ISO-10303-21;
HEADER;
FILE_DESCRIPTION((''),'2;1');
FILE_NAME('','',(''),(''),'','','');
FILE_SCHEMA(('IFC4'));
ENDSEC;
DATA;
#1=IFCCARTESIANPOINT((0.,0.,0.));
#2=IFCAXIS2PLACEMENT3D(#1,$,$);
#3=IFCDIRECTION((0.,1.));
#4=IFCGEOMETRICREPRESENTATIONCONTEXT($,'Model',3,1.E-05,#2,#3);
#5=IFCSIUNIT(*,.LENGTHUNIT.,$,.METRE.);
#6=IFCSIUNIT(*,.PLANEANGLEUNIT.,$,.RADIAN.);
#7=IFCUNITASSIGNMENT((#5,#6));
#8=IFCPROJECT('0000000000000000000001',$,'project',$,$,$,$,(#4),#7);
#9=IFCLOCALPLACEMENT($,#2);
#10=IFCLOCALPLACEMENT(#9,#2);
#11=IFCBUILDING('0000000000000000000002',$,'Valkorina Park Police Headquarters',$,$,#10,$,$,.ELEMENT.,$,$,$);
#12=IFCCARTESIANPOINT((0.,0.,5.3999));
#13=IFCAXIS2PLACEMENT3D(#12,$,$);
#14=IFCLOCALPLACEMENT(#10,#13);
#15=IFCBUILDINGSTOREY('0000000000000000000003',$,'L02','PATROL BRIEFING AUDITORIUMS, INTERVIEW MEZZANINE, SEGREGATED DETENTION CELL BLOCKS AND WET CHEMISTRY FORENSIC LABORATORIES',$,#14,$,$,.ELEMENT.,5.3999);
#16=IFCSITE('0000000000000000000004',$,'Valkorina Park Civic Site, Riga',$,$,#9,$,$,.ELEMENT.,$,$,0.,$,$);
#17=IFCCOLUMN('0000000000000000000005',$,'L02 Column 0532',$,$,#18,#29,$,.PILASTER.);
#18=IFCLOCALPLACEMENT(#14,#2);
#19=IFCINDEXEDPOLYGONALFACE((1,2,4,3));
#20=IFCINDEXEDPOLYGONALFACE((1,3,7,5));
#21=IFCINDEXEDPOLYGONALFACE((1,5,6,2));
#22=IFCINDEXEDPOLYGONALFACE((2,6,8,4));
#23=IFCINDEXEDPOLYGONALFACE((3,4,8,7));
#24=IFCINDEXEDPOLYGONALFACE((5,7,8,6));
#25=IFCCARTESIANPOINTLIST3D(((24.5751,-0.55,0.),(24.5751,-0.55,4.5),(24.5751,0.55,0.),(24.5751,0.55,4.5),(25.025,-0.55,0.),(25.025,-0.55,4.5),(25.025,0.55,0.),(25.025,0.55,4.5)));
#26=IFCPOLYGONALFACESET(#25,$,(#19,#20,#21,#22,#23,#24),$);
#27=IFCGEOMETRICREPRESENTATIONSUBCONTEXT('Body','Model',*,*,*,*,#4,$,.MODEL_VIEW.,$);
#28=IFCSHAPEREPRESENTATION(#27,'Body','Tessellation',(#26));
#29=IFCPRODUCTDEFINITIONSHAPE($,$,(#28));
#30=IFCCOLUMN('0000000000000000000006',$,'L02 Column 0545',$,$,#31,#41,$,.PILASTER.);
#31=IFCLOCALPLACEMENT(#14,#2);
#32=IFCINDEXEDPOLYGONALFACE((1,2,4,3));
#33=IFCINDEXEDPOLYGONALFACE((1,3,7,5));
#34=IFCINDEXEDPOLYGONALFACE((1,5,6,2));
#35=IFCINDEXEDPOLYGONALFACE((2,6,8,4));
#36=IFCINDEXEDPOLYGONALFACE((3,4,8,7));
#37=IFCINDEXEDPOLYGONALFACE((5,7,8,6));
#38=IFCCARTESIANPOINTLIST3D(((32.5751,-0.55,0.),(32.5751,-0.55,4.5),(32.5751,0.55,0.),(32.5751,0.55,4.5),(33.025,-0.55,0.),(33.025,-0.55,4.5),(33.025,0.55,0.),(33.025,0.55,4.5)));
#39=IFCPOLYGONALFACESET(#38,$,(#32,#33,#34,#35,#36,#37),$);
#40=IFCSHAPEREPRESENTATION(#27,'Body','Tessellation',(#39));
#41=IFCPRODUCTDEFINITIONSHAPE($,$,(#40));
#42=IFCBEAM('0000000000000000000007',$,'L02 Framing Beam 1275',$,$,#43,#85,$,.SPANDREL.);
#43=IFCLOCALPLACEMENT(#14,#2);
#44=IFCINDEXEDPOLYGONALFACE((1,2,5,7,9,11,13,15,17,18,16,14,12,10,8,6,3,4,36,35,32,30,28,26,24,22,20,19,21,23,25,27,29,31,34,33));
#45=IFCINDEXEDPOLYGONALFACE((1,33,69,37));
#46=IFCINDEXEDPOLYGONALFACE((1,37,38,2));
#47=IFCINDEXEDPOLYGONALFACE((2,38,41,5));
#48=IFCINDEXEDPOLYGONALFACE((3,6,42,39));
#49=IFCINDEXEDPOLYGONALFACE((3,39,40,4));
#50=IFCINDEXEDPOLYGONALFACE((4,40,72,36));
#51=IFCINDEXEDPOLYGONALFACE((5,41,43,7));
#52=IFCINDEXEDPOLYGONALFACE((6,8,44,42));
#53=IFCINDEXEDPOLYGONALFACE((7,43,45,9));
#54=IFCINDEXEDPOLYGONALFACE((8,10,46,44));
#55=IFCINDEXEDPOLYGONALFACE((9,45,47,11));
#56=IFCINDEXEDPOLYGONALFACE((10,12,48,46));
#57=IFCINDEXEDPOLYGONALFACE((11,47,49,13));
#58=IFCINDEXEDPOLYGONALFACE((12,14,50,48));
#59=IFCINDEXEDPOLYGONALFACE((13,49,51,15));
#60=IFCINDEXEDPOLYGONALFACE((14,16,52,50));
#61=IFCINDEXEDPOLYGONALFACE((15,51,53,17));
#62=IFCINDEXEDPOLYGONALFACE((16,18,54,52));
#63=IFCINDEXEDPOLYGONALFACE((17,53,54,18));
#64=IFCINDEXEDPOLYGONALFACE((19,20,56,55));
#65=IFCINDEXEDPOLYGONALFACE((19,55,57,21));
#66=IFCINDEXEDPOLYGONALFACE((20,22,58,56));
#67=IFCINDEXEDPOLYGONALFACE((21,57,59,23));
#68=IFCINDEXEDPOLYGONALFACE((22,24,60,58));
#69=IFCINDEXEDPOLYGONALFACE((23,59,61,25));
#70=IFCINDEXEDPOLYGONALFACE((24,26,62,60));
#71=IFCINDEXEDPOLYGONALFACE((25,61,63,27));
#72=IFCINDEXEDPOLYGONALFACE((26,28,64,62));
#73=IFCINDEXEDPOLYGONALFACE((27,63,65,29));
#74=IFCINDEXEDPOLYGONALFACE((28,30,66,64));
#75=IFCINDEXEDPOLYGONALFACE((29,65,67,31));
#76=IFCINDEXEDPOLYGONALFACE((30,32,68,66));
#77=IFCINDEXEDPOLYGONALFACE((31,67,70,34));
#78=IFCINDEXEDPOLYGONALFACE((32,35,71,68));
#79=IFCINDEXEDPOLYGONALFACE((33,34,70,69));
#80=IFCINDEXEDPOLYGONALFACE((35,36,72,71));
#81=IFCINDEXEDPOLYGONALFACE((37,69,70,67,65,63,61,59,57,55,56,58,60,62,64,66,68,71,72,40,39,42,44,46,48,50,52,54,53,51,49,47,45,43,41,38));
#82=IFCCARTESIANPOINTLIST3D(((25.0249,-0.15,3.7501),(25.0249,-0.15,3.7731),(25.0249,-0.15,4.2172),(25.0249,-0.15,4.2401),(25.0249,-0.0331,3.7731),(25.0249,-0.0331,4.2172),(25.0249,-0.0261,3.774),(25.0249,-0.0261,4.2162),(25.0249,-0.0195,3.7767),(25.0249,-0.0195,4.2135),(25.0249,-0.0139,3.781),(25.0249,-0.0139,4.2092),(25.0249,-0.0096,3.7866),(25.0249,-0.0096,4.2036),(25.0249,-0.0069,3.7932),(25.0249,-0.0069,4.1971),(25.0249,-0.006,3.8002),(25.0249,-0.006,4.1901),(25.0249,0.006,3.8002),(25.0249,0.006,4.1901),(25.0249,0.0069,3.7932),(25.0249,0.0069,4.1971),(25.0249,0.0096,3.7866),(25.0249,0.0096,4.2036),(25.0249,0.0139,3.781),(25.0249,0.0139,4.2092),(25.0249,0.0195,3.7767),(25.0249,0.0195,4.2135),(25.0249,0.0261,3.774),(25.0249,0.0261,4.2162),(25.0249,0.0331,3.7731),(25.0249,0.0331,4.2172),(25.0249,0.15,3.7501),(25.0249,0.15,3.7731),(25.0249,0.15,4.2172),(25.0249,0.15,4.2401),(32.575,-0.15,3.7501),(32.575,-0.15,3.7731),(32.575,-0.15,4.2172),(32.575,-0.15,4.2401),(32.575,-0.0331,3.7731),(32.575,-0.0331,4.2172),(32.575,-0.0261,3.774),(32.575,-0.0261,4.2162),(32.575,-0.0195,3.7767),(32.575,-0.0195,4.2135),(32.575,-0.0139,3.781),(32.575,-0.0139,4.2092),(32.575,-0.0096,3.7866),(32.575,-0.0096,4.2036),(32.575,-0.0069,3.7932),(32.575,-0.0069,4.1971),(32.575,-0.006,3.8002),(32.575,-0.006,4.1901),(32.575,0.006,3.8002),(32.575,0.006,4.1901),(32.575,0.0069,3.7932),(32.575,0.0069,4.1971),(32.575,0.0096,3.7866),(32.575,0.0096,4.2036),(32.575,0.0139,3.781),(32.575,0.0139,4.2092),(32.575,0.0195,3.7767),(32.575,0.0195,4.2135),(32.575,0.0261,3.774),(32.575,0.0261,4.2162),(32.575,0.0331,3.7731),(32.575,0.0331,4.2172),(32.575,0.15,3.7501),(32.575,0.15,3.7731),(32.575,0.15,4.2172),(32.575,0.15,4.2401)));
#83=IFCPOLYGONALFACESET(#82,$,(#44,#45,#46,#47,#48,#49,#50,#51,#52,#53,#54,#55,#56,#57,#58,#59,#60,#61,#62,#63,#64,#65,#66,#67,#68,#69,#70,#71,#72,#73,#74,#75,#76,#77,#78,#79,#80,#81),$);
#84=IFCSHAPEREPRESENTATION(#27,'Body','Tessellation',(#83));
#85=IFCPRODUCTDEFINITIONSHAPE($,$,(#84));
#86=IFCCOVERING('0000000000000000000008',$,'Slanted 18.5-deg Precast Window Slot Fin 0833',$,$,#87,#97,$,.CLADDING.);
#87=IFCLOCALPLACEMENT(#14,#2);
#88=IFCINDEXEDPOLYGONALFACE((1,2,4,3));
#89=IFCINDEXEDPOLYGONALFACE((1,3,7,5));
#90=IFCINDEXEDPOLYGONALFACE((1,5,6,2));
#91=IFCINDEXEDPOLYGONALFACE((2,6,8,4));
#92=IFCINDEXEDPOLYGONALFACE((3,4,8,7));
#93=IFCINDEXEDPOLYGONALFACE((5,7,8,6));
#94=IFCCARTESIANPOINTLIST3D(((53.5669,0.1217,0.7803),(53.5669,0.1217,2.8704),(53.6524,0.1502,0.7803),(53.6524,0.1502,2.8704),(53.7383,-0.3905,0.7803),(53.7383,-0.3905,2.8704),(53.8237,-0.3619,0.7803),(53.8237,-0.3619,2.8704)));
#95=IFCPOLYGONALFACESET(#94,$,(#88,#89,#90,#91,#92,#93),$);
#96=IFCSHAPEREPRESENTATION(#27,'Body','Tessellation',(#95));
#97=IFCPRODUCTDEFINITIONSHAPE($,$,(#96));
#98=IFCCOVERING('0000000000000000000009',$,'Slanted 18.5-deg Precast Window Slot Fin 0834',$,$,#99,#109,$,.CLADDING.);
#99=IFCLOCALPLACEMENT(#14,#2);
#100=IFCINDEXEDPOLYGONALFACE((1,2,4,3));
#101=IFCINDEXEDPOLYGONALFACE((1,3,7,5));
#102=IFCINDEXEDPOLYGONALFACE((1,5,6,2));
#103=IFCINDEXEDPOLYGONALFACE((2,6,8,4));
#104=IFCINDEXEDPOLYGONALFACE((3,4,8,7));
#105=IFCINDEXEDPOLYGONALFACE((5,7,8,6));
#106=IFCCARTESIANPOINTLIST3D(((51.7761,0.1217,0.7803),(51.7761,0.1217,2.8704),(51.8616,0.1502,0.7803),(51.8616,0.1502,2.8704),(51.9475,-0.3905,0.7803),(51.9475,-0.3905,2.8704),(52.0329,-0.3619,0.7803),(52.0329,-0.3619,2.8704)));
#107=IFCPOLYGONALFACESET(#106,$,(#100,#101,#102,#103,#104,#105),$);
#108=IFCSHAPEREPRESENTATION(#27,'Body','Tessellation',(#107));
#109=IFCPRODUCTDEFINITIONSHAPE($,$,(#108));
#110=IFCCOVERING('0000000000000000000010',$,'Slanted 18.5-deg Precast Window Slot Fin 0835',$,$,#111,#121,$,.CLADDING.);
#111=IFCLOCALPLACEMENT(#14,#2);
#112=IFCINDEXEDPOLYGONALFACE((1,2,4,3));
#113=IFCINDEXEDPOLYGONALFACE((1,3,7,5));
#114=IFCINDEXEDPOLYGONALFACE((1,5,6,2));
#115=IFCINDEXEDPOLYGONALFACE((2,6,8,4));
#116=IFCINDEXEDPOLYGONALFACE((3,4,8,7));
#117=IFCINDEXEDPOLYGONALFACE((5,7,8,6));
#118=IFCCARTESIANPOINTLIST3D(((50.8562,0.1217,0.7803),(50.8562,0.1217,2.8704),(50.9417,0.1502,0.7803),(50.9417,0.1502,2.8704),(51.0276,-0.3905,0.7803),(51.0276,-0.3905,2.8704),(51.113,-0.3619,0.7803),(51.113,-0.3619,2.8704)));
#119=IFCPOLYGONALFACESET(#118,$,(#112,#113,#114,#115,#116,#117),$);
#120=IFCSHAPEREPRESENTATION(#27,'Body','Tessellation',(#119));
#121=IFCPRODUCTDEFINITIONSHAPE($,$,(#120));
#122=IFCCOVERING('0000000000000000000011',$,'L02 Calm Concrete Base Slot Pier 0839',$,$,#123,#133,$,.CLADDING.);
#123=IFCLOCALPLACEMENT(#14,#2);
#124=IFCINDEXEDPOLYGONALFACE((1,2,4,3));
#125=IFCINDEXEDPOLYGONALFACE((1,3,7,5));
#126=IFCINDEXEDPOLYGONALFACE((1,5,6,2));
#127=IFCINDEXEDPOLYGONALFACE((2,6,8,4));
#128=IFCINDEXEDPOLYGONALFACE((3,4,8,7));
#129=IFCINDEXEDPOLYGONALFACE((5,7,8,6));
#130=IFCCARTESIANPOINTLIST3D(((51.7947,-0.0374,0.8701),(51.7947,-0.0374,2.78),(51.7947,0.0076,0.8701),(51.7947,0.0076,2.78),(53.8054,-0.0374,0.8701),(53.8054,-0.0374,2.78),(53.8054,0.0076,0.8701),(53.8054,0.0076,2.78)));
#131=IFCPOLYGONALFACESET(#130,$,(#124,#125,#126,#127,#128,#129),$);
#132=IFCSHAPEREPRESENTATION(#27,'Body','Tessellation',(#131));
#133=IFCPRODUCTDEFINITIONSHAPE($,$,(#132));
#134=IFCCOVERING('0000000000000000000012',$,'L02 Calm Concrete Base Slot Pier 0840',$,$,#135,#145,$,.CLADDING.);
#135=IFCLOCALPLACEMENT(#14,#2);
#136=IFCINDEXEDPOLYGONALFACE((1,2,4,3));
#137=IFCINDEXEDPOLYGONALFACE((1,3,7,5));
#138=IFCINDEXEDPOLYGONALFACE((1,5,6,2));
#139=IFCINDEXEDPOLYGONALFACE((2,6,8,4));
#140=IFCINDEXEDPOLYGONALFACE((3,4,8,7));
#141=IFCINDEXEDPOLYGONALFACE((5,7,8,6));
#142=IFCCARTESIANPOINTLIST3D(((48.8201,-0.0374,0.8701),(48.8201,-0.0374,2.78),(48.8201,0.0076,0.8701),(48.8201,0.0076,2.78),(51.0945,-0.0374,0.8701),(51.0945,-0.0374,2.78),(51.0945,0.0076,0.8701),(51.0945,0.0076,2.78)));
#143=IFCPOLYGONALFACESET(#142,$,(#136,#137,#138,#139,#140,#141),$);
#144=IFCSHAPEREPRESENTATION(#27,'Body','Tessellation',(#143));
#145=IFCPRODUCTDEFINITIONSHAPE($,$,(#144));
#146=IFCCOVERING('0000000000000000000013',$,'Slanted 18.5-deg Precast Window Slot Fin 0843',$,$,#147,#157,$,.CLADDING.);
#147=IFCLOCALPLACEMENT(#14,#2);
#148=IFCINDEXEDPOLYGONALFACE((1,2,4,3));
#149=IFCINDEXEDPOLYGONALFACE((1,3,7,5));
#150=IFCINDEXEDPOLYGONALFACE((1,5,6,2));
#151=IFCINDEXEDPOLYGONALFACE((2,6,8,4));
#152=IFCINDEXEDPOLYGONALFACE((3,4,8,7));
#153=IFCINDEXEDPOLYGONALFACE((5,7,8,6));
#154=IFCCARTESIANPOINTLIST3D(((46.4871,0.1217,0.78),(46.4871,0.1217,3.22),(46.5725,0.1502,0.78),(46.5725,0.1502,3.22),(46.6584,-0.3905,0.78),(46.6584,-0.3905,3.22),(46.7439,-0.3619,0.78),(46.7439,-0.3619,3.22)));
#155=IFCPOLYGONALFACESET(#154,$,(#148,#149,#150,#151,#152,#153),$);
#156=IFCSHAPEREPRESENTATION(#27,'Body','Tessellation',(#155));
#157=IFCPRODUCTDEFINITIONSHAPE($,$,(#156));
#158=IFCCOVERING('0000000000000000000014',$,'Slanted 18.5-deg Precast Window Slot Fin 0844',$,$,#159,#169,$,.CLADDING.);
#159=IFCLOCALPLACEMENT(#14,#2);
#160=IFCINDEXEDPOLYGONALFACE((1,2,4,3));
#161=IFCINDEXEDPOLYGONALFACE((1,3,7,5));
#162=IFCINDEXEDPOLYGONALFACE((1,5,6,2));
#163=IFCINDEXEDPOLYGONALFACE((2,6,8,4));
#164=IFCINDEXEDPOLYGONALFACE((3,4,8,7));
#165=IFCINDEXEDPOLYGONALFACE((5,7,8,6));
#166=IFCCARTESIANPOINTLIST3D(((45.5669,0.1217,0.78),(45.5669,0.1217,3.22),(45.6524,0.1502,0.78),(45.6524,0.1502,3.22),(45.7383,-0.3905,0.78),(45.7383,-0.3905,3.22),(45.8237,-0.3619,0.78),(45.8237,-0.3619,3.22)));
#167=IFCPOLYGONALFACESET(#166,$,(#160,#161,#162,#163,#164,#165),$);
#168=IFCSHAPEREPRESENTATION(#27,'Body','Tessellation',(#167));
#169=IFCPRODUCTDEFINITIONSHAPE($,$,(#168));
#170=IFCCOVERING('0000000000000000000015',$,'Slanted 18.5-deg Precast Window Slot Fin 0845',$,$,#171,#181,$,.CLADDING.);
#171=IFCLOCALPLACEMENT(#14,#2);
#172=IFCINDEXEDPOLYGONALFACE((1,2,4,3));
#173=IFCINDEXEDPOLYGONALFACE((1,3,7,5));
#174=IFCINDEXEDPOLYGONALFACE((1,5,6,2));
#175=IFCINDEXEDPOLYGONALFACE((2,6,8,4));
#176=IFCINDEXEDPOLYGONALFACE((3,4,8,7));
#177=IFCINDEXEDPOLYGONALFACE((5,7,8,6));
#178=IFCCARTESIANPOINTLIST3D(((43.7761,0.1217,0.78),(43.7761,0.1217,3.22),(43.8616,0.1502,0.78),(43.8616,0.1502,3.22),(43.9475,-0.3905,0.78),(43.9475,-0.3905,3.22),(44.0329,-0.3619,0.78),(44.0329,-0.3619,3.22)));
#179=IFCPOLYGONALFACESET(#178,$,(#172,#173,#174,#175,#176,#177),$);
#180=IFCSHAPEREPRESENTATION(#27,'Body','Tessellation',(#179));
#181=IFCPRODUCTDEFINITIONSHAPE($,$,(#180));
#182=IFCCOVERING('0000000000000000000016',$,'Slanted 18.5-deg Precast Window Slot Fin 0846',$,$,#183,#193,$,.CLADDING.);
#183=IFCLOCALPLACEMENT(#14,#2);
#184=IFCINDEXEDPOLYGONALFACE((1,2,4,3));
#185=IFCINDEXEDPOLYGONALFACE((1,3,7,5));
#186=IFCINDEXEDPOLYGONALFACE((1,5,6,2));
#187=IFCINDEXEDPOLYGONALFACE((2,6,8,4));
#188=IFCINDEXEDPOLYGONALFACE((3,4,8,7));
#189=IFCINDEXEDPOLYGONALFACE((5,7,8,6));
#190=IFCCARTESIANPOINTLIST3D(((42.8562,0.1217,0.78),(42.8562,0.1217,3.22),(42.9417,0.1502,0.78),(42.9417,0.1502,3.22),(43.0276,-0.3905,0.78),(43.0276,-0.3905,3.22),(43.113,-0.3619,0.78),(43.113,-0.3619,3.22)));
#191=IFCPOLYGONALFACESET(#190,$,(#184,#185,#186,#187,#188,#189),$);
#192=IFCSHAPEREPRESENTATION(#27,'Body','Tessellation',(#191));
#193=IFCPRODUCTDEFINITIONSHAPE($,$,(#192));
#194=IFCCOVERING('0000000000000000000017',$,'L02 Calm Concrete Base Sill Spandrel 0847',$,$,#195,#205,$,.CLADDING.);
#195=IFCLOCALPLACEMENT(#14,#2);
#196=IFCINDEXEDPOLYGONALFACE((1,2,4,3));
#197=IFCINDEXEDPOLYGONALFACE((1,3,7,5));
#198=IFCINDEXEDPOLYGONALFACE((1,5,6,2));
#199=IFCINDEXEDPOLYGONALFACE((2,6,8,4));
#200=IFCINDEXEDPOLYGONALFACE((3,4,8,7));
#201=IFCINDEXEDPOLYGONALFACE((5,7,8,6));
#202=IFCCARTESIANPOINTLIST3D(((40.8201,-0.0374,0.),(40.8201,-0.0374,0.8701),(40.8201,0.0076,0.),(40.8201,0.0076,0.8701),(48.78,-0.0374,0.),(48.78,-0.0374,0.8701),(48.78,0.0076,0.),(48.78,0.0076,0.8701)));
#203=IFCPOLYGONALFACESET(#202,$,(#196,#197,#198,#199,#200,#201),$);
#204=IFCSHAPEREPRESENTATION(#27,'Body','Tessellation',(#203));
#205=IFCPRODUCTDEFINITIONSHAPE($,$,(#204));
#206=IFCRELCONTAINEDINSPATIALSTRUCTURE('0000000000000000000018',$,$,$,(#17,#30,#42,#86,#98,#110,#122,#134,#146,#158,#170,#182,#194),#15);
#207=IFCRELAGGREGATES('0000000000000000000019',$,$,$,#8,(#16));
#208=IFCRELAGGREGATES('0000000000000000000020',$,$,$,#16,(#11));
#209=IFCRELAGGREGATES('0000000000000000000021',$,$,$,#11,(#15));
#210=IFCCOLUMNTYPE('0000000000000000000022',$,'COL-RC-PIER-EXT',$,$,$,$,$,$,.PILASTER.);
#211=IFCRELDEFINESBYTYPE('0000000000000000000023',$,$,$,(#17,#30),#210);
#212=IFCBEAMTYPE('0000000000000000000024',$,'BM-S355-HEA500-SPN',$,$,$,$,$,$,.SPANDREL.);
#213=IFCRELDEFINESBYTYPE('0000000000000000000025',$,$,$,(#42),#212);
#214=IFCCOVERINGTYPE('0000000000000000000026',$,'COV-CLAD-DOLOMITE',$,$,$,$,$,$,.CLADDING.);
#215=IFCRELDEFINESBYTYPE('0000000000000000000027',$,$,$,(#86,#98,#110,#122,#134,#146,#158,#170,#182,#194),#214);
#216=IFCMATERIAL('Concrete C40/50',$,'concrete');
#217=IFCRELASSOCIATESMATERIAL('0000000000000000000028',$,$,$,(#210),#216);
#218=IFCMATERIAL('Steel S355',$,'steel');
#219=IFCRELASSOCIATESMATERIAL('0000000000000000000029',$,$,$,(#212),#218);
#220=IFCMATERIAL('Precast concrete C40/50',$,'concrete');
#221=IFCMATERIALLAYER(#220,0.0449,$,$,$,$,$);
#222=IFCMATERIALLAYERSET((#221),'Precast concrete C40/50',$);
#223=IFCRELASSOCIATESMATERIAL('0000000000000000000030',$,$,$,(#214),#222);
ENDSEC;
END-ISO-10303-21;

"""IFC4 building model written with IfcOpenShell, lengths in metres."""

from ifc_helpers import new_model, si_unit, direction, frame, frame_2d, origin, origin_2d, place, context, subcontext, project, spatial, rectangle, i_section, extrude, material, layer, layer_set, material_profile, profile_set, type_object, element, save


model = new_model("IFC4")

# Units and contexts
model_context = context("Model", 3, precision=1e-05, world=origin(), true_north=direction((0.0, 1.0)))
body_context = subcontext(model_context, "Body", "Model", "MODEL_VIEW")
ifc_project = project(units=[si_unit("LENGTHUNIT", "METRE"), si_unit("PLANEANGLEUNIT", "RADIAN")], contexts=[model_context])

# Site, building, storey
site_placement = place(None, origin())
site = spatial("IfcSite", under=ifc_project, at=site_placement, Name="Valkorina Park Civic Site, Riga", CompositionType="ELEMENT", RefElevation=0.0)
building_placement = place(site_placement, origin())
building = spatial("IfcBuilding", under=site, at=building_placement, Name="Valkorina Park Police Headquarters", CompositionType="ELEMENT")
storey_placement = place(building_placement, frame((0.0, 0.0, 5.3999)))
storey = spatial("IfcBuildingStorey", under=building, at=storey_placement, Name="L02", Description="PATROL BRIEFING AUDITORIUMS, INTERVIEW MEZZANINE, SEGREGATED DETENTION CELL BLOCKS AND WET CHEMISTRY FORENSIC LABORATORIES", CompositionType="ELEMENT", Elevation=5.3999)

# Columns
ifc_material_1 = material(Name="Concrete C40/50", Category="concrete")
ifc_material_profile_1 = material_profile(ifc_material_1, rectangle(XDim=0.45, YDim=1.1001, at=origin_2d()), Name="RC PIER 450x1100")
ifc_profile_set_1 = profile_set([ifc_material_profile_1], Name="Concrete C40/50")
column_type = type_object("IfcColumnType", Name="COL-RC-PIER-EXT", PredefinedType="PILASTER", material=ifc_profile_set_1)
for number, where, z_axis, x_axis, name in (
    (1, (24.8, 0.0, 0.0), (0.0, 0.0, 1.0), (1.0, 0.0, 0.0), "L02 Column 0532"),
    (2, (32.8, 0.0, 0.0), (0.0, 0.0, 1.0), (1.0, 0.0, 0.0), "L02 Column 0545"),
):
    element("IfcColumn", number, at=place(storey_placement, frame(where, z_axis=z_axis, x_axis=x_axis)), inside=storey, type_object=column_type, Name=name, PredefinedType="PILASTER", context=body_context, shape_type="SweptSolid", body=[
        extrude(rectangle(XDim=0.45, YDim=1.1001, at=origin_2d()), origin(), (0.0, 0.0, 1.0), 4.5),
    ])

# Beam
ifc_material_2 = material(Name="Steel S355", Category="steel")
ifc_material_profile_2 = material_profile(ifc_material_2, i_section(OverallWidth=0.3, OverallDepth=0.49, WebThickness=0.012, FlangeThickness=0.0229, FilletRadius=0.0271, at=origin_2d()), Name="HEA 500")
ifc_profile_set_2 = profile_set([ifc_material_profile_2], Name="Steel S355")
beam_type = type_object("IfcBeamType", Name="BM-S355-HEA500-SPN", PredefinedType="SPANDREL", material=ifc_profile_set_2)
beam_placement = place(storey_placement, frame((25.0249, 0.0, 3.9951), z_axis=(1.0, 0.0, 0.0), x_axis=(0.0, 1.0, 0.0)))
element("IfcBeam", 3, at=beam_placement, inside=storey, type_object=beam_type, Name="L02 Framing Beam 1275", PredefinedType="SPANDREL", context=body_context, shape_type="SweptSolid", body=[
    extrude(i_section(OverallWidth=0.3, OverallDepth=0.49, WebThickness=0.012, FlangeThickness=0.0229, FilletRadius=0.0271, at=origin_2d()), origin(), (0.0, 0.0, 1.0), 7.55),
])

# Coverings
ifc_material_3 = material(Name="Precast concrete C40/50", Category="concrete")
ifc_layer = layer(ifc_material_3, 0.0449)
ifc_layer_set = layer_set([ifc_layer], Name="Precast concrete C40/50")
covering_type = type_object("IfcCoveringType", Name="COV-CLAD-DOLOMITE", PredefinedType="CLADDING", material=ifc_layer_set)
for number, where, z_axis, x_axis, name in (
    (4, (53.6953, -0.1201, 0.7803), (0.0, 0.0, 1.0), (0.317305, -0.948324, 0.0), "Slanted 18.5-deg Precast Window Slot Fin 0833"),
    (5, (51.9045, -0.1201, 0.7803), (0.0, 0.0, 1.0), (0.317305, -0.948324, 0.0), "Slanted 18.5-deg Precast Window Slot Fin 0834"),
    (6, (50.9846, -0.1201, 0.7803), (0.0, 0.0, 1.0), (0.317305, -0.948324, 0.0), "Slanted 18.5-deg Precast Window Slot Fin 0835"),
):
    element("IfcCovering", number, at=place(storey_placement, frame(where, z_axis=z_axis, x_axis=x_axis)), inside=storey, type_object=covering_type, Name=name, PredefinedType="CLADDING", context=body_context, shape_type="SweptSolid", body=[
        extrude(rectangle(XDim=0.54, YDim=0.0901, at=origin_2d()), origin(), (0.0, 0.0, 1.0), 2.0901),
    ])
covering_1_placement = place(storey_placement, frame((53.8054, -0.0149, 0.8701), z_axis=(0.0, 0.0, 1.0), x_axis=(-1.0, 0.0, 0.0)))
element("IfcCovering", 7, at=covering_1_placement, inside=storey, type_object=covering_type, Name="L02 Calm Concrete Base Slot Pier 0839", PredefinedType="CLADDING", context=body_context, shape_type="SweptSolid", body=[
    extrude(rectangle(XDim=2.0107, YDim=0.0449, at=frame_2d((1.0054, 0.0))), origin(), (0.0, 0.0, 1.0), 1.9099),
])
covering_2_placement = place(storey_placement, frame((51.0945, -0.0149, 0.8701), z_axis=(0.0, 0.0, 1.0), x_axis=(-1.0, 0.0, 0.0)))
element("IfcCovering", 8, at=covering_2_placement, inside=storey, type_object=covering_type, Name="L02 Calm Concrete Base Slot Pier 0840", PredefinedType="CLADDING", context=body_context, shape_type="SweptSolid", body=[
    extrude(rectangle(XDim=2.2744, YDim=0.0449, at=frame_2d((1.1372, 0.0))), origin(), (0.0, 0.0, 1.0), 1.9099),
])
for number, where, z_axis, x_axis, name in (
    (9, (46.6155, -0.1201, 0.78), (0.0, 0.0, 1.0), (0.317305, -0.948324, 0.0), "Slanted 18.5-deg Precast Window Slot Fin 0843"),
    (10, (45.6953, -0.1201, 0.78), (0.0, 0.0, 1.0), (0.317305, -0.948324, 0.0), "Slanted 18.5-deg Precast Window Slot Fin 0844"),
    (11, (43.9045, -0.1201, 0.78), (0.0, 0.0, 1.0), (0.317305, -0.948324, 0.0), "Slanted 18.5-deg Precast Window Slot Fin 0845"),
    (12, (42.9846, -0.1201, 0.78), (0.0, 0.0, 1.0), (0.317305, -0.948324, 0.0), "Slanted 18.5-deg Precast Window Slot Fin 0846"),
):
    element("IfcCovering", number, at=place(storey_placement, frame(where, z_axis=z_axis, x_axis=x_axis)), inside=storey, type_object=covering_type, Name=name, PredefinedType="CLADDING", context=body_context, shape_type="SweptSolid", body=[
        extrude(rectangle(XDim=0.54, YDim=0.0901, at=origin_2d()), origin(), (0.0, 0.0, 1.0), 2.4399),
    ])
covering_3_placement = place(storey_placement, frame((48.78, -0.0149, 0.0), z_axis=(0.0, 0.0, 1.0), x_axis=(-1.0, 0.0, 0.0)))
element("IfcCovering", 13, at=covering_3_placement, inside=storey, type_object=covering_type, Name="L02 Calm Concrete Base Sill Spandrel 0847", PredefinedType="CLADDING", context=body_context, shape_type="SweptSolid", body=[
    extrude(rectangle(XDim=7.96, YDim=0.0449, at=frame_2d((3.98, 0.0))), origin(), (0.0, 0.0, 1.0), 0.8701),
])

save(model, "model.ifc")
